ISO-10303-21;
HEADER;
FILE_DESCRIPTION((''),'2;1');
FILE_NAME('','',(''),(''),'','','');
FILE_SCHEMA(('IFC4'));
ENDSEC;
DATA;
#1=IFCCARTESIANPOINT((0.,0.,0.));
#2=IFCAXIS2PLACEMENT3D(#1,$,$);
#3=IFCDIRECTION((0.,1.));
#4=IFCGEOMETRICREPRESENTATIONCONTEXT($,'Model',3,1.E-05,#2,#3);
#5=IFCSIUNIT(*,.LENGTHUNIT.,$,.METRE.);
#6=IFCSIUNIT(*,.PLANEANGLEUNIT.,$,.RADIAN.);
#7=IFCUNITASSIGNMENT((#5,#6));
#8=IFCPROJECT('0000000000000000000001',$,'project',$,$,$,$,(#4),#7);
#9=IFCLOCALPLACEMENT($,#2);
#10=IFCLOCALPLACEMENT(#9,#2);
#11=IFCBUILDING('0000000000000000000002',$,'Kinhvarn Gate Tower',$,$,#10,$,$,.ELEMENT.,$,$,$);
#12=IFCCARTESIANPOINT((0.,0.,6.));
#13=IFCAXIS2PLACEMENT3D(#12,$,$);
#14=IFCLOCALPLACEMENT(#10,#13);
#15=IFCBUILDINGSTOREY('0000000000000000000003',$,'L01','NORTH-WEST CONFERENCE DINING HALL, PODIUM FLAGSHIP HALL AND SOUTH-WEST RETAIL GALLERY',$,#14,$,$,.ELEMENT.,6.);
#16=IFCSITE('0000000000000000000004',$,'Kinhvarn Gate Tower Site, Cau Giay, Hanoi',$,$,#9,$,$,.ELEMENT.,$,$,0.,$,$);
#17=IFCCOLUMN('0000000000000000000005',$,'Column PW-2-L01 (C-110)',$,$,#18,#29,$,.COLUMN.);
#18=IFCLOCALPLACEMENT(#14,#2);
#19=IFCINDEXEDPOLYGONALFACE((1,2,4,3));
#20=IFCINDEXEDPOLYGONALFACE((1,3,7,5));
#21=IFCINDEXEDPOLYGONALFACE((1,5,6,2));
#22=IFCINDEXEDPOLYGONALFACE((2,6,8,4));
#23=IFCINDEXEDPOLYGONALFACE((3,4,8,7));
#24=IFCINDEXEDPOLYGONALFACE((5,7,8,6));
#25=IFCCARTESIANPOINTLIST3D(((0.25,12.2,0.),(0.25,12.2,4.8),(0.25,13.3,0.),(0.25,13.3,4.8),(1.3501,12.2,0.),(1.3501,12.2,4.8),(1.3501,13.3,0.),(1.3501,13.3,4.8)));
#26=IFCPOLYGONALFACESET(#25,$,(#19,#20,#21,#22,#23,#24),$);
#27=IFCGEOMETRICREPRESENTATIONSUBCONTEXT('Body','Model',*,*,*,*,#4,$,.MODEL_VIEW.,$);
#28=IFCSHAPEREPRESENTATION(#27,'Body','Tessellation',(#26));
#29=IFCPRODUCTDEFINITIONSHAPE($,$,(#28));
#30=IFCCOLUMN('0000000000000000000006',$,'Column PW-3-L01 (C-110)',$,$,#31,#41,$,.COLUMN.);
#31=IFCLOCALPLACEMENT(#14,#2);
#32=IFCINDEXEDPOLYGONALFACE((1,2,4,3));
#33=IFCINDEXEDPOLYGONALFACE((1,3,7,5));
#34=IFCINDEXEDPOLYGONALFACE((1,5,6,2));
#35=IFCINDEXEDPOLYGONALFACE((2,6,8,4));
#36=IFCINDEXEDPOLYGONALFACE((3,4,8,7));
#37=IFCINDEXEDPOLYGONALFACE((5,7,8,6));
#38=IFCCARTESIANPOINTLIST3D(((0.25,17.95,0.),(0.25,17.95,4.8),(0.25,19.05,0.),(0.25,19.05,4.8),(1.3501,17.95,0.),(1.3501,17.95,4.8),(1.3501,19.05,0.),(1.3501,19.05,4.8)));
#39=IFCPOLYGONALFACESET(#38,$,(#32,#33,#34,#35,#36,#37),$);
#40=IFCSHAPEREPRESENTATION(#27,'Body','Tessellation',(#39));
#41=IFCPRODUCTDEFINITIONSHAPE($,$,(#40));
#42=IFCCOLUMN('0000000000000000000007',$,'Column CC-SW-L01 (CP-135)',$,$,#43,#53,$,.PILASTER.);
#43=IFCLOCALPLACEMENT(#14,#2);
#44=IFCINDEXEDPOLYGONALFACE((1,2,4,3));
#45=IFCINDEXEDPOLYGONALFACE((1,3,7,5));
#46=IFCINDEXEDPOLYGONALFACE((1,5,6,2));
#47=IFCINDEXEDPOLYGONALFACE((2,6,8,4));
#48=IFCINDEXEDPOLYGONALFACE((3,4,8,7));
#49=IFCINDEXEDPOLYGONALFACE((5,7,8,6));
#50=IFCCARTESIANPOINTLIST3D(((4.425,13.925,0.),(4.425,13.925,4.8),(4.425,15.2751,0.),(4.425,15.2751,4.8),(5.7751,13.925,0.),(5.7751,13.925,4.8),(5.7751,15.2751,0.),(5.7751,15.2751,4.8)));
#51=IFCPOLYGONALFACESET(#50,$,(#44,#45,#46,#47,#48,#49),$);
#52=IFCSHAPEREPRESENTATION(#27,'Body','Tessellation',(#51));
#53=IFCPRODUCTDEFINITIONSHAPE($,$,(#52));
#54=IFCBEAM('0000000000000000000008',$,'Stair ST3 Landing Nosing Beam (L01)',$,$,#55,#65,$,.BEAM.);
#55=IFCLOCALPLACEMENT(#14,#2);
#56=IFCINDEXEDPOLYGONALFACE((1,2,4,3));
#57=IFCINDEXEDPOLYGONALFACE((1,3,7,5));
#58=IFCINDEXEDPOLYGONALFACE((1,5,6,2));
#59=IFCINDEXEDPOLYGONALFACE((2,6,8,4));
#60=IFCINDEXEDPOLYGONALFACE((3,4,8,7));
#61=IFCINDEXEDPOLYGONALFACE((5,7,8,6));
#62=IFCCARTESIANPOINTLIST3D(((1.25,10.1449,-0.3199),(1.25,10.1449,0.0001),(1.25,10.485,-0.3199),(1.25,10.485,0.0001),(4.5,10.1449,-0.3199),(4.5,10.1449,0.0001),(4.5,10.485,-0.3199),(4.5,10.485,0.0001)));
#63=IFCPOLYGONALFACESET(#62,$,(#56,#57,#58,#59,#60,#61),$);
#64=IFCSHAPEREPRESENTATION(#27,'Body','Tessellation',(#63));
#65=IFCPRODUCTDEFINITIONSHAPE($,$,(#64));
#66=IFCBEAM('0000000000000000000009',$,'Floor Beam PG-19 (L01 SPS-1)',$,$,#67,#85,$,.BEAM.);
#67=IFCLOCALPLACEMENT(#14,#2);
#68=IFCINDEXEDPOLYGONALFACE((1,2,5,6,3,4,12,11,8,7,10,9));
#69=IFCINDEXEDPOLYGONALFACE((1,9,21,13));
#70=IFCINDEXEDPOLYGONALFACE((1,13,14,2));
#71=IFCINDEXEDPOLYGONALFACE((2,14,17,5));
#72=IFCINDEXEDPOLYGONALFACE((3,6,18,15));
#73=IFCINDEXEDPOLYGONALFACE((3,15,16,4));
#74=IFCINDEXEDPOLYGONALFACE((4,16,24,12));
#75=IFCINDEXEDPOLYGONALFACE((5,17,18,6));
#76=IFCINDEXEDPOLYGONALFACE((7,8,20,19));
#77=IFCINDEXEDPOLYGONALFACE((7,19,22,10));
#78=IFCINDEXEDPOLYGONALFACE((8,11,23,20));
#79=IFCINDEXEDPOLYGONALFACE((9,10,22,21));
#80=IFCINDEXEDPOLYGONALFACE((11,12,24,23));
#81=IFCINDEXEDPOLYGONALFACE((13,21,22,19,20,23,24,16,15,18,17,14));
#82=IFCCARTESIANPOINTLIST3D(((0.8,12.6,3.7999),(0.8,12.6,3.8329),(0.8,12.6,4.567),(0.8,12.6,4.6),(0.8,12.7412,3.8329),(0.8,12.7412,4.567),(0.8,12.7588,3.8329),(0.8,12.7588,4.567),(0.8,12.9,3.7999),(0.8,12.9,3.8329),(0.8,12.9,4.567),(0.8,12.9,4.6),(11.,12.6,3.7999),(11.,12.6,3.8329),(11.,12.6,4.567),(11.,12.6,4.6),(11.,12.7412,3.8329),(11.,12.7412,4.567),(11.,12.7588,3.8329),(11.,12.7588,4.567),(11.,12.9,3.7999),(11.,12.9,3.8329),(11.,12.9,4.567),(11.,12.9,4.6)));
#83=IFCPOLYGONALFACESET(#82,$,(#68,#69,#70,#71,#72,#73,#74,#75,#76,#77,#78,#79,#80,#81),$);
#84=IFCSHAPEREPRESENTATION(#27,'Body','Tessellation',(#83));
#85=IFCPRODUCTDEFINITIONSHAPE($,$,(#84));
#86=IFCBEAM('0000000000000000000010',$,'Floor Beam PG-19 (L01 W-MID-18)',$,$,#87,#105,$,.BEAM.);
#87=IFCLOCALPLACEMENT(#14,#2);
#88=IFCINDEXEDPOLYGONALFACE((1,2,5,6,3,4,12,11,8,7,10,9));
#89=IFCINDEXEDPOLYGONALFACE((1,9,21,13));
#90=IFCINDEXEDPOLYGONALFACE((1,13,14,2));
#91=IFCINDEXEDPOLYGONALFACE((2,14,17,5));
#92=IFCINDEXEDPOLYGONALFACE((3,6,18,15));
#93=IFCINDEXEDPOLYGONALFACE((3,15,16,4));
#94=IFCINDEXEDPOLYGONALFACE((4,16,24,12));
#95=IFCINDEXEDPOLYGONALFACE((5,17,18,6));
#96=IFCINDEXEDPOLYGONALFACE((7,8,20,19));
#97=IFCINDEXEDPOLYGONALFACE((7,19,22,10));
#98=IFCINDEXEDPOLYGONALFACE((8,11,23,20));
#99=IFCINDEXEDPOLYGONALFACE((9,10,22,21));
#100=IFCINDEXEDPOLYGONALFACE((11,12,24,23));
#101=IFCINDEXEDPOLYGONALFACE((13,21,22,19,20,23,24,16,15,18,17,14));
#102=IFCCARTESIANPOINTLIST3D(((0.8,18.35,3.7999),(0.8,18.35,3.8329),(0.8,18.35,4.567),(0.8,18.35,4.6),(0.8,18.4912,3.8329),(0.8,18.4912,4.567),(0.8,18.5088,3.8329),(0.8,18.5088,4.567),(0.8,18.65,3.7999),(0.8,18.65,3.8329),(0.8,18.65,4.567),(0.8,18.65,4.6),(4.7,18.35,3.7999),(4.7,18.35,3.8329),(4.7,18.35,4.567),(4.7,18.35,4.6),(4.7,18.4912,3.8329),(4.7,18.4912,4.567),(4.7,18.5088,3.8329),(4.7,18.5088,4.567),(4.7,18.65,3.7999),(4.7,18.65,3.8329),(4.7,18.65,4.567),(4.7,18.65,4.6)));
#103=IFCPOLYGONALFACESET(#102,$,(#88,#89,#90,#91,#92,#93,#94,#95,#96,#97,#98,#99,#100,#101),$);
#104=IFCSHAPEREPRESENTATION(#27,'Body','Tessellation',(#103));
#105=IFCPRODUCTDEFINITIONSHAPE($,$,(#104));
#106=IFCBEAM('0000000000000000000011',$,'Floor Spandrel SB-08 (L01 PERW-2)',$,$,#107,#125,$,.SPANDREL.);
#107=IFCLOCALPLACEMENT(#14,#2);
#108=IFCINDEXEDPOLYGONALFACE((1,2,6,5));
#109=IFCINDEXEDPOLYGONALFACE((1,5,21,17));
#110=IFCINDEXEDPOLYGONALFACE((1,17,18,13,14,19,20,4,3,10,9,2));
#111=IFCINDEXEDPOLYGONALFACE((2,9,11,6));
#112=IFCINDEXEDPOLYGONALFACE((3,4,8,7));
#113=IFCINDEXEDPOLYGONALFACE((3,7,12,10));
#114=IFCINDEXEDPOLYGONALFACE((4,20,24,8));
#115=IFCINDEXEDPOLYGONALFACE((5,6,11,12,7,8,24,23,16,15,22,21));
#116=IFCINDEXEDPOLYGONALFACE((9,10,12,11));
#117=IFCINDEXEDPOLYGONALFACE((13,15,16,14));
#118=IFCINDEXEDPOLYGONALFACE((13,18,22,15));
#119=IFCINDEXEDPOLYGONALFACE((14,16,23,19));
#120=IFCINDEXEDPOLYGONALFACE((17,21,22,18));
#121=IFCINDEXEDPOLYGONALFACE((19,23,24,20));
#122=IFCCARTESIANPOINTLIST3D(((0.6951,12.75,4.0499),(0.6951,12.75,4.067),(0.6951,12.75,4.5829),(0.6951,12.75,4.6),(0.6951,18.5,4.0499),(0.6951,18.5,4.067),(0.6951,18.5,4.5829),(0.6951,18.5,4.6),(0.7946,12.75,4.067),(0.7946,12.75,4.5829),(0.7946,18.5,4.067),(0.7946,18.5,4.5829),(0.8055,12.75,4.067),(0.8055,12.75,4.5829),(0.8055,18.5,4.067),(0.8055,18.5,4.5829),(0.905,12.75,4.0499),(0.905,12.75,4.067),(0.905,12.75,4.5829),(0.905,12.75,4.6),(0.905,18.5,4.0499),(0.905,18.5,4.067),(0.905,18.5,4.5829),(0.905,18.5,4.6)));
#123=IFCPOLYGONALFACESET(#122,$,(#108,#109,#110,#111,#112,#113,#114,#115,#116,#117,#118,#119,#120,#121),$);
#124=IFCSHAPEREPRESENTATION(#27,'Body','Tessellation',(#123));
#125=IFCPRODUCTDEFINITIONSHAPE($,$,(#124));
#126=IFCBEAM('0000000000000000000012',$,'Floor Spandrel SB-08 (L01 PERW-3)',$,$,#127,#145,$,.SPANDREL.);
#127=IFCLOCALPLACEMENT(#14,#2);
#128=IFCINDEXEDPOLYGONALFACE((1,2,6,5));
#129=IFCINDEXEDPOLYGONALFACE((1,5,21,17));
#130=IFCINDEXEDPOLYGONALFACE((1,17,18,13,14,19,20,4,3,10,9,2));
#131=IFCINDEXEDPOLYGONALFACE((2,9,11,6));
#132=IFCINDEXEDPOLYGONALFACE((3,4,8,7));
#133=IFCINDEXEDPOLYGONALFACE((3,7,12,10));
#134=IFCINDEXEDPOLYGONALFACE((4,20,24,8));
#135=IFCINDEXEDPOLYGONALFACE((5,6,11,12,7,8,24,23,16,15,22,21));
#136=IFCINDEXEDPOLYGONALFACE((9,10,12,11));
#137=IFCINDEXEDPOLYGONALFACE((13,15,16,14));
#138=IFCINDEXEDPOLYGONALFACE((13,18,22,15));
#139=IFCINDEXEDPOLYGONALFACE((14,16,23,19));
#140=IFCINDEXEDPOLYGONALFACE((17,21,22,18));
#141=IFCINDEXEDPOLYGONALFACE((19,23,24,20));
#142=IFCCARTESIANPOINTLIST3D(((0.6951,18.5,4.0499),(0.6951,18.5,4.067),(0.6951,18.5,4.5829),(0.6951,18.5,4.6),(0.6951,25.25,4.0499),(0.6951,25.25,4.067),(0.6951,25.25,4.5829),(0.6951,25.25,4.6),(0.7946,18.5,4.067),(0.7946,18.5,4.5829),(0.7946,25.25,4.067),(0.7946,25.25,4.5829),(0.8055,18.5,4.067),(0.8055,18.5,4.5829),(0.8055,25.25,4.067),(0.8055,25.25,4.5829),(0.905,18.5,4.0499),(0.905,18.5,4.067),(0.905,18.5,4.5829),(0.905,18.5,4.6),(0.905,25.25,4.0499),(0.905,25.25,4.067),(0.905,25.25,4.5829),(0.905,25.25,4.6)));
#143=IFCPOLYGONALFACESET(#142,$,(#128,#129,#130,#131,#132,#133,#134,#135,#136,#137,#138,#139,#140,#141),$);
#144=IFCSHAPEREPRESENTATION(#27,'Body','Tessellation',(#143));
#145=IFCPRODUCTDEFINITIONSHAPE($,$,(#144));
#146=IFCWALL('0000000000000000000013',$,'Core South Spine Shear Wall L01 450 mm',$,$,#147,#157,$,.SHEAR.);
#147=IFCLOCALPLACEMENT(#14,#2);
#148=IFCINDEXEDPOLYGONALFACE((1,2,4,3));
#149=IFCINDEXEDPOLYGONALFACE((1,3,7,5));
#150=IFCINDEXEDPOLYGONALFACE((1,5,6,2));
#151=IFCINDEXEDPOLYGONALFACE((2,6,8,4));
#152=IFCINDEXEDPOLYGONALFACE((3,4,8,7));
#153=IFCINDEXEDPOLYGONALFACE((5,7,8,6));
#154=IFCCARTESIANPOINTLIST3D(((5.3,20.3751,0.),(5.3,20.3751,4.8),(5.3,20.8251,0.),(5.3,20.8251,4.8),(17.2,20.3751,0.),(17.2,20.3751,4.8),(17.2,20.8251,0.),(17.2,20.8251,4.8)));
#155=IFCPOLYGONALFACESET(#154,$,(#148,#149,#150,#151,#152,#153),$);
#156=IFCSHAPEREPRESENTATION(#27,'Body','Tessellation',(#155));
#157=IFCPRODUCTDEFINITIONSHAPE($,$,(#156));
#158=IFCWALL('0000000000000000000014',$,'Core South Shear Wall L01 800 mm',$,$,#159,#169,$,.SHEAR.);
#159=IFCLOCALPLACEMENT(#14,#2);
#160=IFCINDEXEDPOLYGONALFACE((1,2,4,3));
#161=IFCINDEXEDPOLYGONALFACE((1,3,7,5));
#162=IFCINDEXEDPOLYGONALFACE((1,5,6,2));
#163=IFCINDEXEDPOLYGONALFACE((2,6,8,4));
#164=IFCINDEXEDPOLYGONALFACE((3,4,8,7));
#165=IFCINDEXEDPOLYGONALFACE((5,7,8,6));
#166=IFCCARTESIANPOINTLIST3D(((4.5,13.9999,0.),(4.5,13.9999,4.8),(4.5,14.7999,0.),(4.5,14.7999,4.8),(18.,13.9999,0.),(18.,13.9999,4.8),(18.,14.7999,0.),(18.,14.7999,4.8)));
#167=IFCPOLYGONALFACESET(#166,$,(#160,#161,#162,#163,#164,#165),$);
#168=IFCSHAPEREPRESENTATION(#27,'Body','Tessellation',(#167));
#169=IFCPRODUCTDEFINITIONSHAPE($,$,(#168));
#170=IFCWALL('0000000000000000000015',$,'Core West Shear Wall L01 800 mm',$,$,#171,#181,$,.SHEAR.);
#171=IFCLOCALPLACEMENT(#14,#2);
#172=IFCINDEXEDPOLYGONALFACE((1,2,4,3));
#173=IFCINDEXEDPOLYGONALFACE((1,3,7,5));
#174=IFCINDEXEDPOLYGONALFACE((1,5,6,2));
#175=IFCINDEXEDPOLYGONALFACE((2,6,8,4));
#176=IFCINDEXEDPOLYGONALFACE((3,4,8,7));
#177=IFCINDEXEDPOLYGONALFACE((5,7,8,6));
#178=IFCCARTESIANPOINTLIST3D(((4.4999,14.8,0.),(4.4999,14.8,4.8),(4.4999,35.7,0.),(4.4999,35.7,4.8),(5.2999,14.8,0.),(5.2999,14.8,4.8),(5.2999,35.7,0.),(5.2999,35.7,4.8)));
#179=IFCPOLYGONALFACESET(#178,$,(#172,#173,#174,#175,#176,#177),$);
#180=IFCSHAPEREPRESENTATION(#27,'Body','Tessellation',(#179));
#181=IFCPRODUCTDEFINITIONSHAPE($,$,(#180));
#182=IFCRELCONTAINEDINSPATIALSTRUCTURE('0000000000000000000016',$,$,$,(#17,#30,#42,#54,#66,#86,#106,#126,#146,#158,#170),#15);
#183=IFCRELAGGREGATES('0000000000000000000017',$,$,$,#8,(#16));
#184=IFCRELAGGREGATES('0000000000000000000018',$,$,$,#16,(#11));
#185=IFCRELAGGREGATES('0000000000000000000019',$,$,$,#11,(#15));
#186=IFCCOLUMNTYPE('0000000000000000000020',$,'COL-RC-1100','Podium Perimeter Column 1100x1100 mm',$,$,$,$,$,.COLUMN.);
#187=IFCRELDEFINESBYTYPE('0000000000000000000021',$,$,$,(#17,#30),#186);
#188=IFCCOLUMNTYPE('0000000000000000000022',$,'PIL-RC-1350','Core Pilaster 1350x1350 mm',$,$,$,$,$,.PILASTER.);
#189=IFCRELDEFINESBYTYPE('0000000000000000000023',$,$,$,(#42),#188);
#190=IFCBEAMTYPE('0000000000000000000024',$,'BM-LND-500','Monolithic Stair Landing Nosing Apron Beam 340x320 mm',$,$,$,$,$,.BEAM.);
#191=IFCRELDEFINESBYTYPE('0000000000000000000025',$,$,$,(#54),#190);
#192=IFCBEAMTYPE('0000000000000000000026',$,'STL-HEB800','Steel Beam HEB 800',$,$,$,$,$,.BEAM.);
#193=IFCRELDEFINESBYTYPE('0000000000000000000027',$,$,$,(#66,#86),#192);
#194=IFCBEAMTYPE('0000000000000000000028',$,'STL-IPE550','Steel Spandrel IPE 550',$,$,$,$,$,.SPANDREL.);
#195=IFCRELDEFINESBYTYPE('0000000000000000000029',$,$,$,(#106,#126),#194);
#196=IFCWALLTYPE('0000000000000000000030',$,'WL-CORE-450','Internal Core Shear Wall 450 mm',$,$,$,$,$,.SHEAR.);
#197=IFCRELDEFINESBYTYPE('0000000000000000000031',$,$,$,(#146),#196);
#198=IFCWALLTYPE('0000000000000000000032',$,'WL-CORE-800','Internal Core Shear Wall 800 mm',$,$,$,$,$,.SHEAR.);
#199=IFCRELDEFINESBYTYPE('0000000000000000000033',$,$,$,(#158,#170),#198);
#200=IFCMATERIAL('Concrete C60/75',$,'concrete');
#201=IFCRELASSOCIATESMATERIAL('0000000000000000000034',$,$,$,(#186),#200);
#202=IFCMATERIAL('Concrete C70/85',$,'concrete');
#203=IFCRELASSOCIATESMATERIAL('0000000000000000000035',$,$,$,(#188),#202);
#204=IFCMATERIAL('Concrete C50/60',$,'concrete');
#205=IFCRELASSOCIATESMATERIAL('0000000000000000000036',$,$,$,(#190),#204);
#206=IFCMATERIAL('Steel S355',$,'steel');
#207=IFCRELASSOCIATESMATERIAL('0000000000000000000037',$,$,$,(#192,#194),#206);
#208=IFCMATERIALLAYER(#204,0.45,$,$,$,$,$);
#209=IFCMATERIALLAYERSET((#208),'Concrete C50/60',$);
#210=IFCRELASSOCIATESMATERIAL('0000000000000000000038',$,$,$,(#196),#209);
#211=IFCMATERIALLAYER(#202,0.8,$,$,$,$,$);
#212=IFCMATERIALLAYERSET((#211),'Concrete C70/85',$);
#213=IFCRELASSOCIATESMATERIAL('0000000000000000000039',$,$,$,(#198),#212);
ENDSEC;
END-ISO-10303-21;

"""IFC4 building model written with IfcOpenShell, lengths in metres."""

from ifc_helpers import new_model, si_unit, direction, frame, frame_2d, origin, origin_2d, place, context, subcontext, project, spatial, rectangle, i_section, extrude, material, layer, layer_set, material_profile, profile_set, type_object, element, save


model = new_model("IFC4")

# Units and contexts
model_context = context("Model", 3, precision=1e-05, world=origin(), true_north=direction((0.0, 1.0)))
body_context = subcontext(model_context, "Body", "Model", "MODEL_VIEW")
ifc_project = project(units=[si_unit("LENGTHUNIT", "METRE"), si_unit("PLANEANGLEUNIT", "RADIAN")], contexts=[model_context])

# Site, building, storey
site_placement = place(None, origin())
site = spatial("IfcSite", under=ifc_project, at=site_placement, Name="Kinhvarn Gate Tower Site, Cau Giay, Hanoi", CompositionType="ELEMENT", RefElevation=0.0)
building_placement = place(site_placement, origin())
building = spatial("IfcBuilding", under=site, at=building_placement, Name="Kinhvarn Gate Tower", CompositionType="ELEMENT")
storey_placement = place(building_placement, frame((0.0, 0.0, 6.0)))
storey = spatial("IfcBuildingStorey", under=building, at=storey_placement, Name="L01", Description="NORTH-WEST CONFERENCE DINING HALL, PODIUM FLAGSHIP HALL AND SOUTH-WEST RETAIL GALLERY", CompositionType="ELEMENT", Elevation=6.0)

# Columns
ifc_material_1 = material(Name="Concrete C60/75", Category="concrete")
ifc_material_profile_1 = material_profile(ifc_material_1, rectangle(XDim=1.1001, YDim=1.1001, at=origin_2d()), Name="RC 1100x1100")
ifc_profile_set_1 = profile_set([ifc_material_profile_1], Name="Concrete C60/75")
column_type_1 = type_object("IfcColumnType", Name="COL-RC-1100", Description="Podium Perimeter Column 1100x1100 mm", PredefinedType="COLUMN", material=ifc_profile_set_1)
for number, where, z_axis, x_axis, name in (
    (1, (0.8, 12.75, 0.0), (0.0, 0.0, 1.0), (1.0, 0.0, 0.0), "Column PW-2-L01 (C-110)"),
    (2, (0.8, 18.5, 0.0), (0.0, 0.0, 1.0), (1.0, 0.0, 0.0), "Column PW-3-L01 (C-110)"),
):
    element("IfcColumn", number, at=place(storey_placement, frame(where, z_axis=z_axis, x_axis=x_axis)), inside=storey, type_object=column_type_1, Name=name, PredefinedType="COLUMN", context=body_context, shape_type="SweptSolid", body=[
        extrude(rectangle(XDim=1.1001, YDim=1.1001, at=origin_2d()), origin(), (0.0, 0.0, 1.0), 4.8),
    ])
ifc_material_2 = material(Name="Concrete C70/85", Category="concrete")
ifc_material_profile_2 = material_profile(ifc_material_2, rectangle(XDim=1.3501, YDim=1.3501, at=origin_2d()), Name="RC 1350x1350")
ifc_profile_set_2 = profile_set([ifc_material_profile_2], Name="Concrete C70/85")
column_type_2 = type_object("IfcColumnType", Name="PIL-RC-1350", Description="Core Pilaster 1350x1350 mm", PredefinedType="PILASTER", material=ifc_profile_set_2)
column_placement = place(storey_placement, frame((5.1001, 14.6001, 0.0), z_axis=(0.0, 0.0, 1.0), x_axis=(1.0, 0.0, 0.0)))
element("IfcColumn", 3, at=column_placement, inside=storey, type_object=column_type_2, Name="Column CC-SW-L01 (CP-135)", PredefinedType="PILASTER", context=body_context, shape_type="SweptSolid", body=[
    extrude(rectangle(XDim=1.3501, YDim=1.3501, at=origin_2d()), origin(), (0.0, 0.0, 1.0), 4.8),
])

# Beams
ifc_material_3 = material(Name="Concrete C50/60", Category="concrete")
ifc_material_profile_3 = material_profile(ifc_material_3, rectangle(XDim=0.3401, YDim=0.3201, at=origin_2d()), Name="RC 340x320")
ifc_profile_set_3 = profile_set([ifc_material_profile_3], Name="Concrete C50/60")
beam_type_1 = type_object("IfcBeamType", Name="BM-LND-500", Description="Monolithic Stair Landing Nosing Apron Beam 340x320 mm", PredefinedType="BEAM", material=ifc_profile_set_3)
beam_1_placement = place(storey_placement, frame((1.25, 10.3149, -0.1599), z_axis=(1.0, 0.0, 0.0), x_axis=(0.0, 1.0, 0.0)))
element("IfcBeam", 4, at=beam_1_placement, inside=storey, type_object=beam_type_1, Name="Stair ST3 Landing Nosing Beam (L01)", PredefinedType="BEAM", context=body_context, shape_type="SweptSolid", body=[
    extrude(rectangle(XDim=0.3401, YDim=0.3201, at=origin_2d()), origin(), (0.0, 0.0, 1.0), 3.25),
])
ifc_material_4 = material(Name="Steel S355", Category="steel")
ifc_material_profile_4 = material_profile(ifc_material_4, i_section(OverallWidth=0.3, OverallDepth=0.8, WebThickness=0.0176, FlangeThickness=0.033, at=origin_2d()), Name="HEB 800")
ifc_profile_set_4 = profile_set([ifc_material_profile_4], Name="Steel S355")
beam_type_2 = type_object("IfcBeamType", Name="STL-HEB800", Description="Steel Beam HEB 800", PredefinedType="BEAM", material=ifc_profile_set_4)
beam_2_placement = place(storey_placement, frame((0.8, 12.75, 4.2), z_axis=(1.0, 0.0, 0.0), x_axis=(0.0, 1.0, 0.0)))
element("IfcBeam", 5, at=beam_2_placement, inside=storey, type_object=beam_type_2, Name="Floor Beam PG-19 (L01 SPS-1)", PredefinedType="BEAM", context=body_context, shape_type="SweptSolid", body=[
    extrude(i_section(OverallWidth=0.3, OverallDepth=0.8, WebThickness=0.0176, FlangeThickness=0.033, at=origin_2d()), origin(), (0.0, 0.0, 1.0), 10.2),
])
beam_3_placement = place(storey_placement, frame((0.8, 18.5, 4.2), z_axis=(1.0, 0.0, 0.0), x_axis=(0.0, 1.0, 0.0)))
element("IfcBeam", 6, at=beam_3_placement, inside=storey, type_object=beam_type_2, Name="Floor Beam PG-19 (L01 W-MID-18)", PredefinedType="BEAM", context=body_context, shape_type="SweptSolid", body=[
    extrude(i_section(OverallWidth=0.3, OverallDepth=0.8, WebThickness=0.0176, FlangeThickness=0.033, at=origin_2d()), origin(), (0.0, 0.0, 1.0), 3.8999),
])
ifc_material_profile_5 = material_profile(ifc_material_4, i_section(OverallWidth=0.21, OverallDepth=0.55, WebThickness=0.011, FlangeThickness=0.0171, at=origin_2d()), Name="IPE 550")
ifc_profile_set_5 = profile_set([ifc_material_profile_5], Name="Steel S355")
beam_type_3 = type_object("IfcBeamType", Name="STL-IPE550", Description="Steel Spandrel IPE 550", PredefinedType="SPANDREL", material=ifc_profile_set_5)
beam_4_placement = place(storey_placement, frame((0.8, 12.75, 4.325), z_axis=(0.0, 1.0, 0.0), x_axis=(-1.0, 0.0, 0.0)))
element("IfcBeam", 7, at=beam_4_placement, inside=storey, type_object=beam_type_3, Name="Floor Spandrel SB-08 (L01 PERW-2)", PredefinedType="SPANDREL", context=body_context, shape_type="SweptSolid", body=[
    extrude(i_section(OverallWidth=0.21, OverallDepth=0.55, WebThickness=0.011, FlangeThickness=0.0171, at=origin_2d()), origin(), (0.0, 0.0, 1.0), 5.75),
])
beam_5_placement = place(storey_placement, frame((0.8, 18.5, 4.325), z_axis=(0.0, 1.0, 0.0), x_axis=(-1.0, 0.0, 0.0)))
element("IfcBeam", 8, at=beam_5_placement, inside=storey, type_object=beam_type_3, Name="Floor Spandrel SB-08 (L01 PERW-3)", PredefinedType="SPANDREL", context=body_context, shape_type="SweptSolid", body=[
    extrude(i_section(OverallWidth=0.21, OverallDepth=0.55, WebThickness=0.011, FlangeThickness=0.0171, at=origin_2d()), origin(), (0.0, 0.0, 1.0), 6.75),
])

# Walls
ifc_layer_1 = layer(ifc_material_3, 0.45)
ifc_layer_set_1 = layer_set([ifc_layer_1], Name="Concrete C50/60")
wall_type_1 = type_object("IfcWallType", Name="WL-CORE-450", Description="Internal Core Shear Wall 450 mm", PredefinedType="SHEAR", material=ifc_layer_set_1)
wall_1_placement = place(storey_placement, frame((5.3, 20.6001, 0.0), z_axis=(0.0, 0.0, 1.0), x_axis=(1.0, 0.0, 0.0)))
element("IfcWall", 9, at=wall_1_placement, inside=storey, type_object=wall_type_1, Name="Core South Spine Shear Wall L01 450 mm", PredefinedType="SHEAR", context=body_context, shape_type="SweptSolid", body=[
    extrude(rectangle(XDim=11.8999, YDim=0.45, at=frame_2d((5.95, 0.0))), origin(), (0.0, 0.0, 1.0), 4.8),
])
ifc_layer_2 = layer(ifc_material_2, 0.8)
ifc_layer_set_2 = layer_set([ifc_layer_2], Name="Concrete C70/85")
wall_type_2 = type_object("IfcWallType", Name="WL-CORE-800", Description="Internal Core Shear Wall 800 mm", PredefinedType="SHEAR", material=ifc_layer_set_2)
wall_2_placement = place(storey_placement, frame((4.5, 14.3999, 0.0), z_axis=(0.0, 0.0, 1.0), x_axis=(1.0, 0.0, 0.0)))
element("IfcWall", 10, at=wall_2_placement, inside=storey, type_object=wall_type_2, Name="Core South Shear Wall L01 800 mm", PredefinedType="SHEAR", context=body_context, shape_type="SweptSolid", body=[
    extrude(rectangle(XDim=13.5, YDim=0.8, at=frame_2d((6.75, 0.0))), origin(), (0.0, 0.0, 1.0), 4.8),
])
wall_3_placement = place(storey_placement, frame((4.8999, 14.8, 0.0), z_axis=(0.0, 0.0, 1.0), x_axis=(0.0, 1.0, 0.0)))
element("IfcWall", 11, at=wall_3_placement, inside=storey, type_object=wall_type_2, Name="Core West Shear Wall L01 800 mm", PredefinedType="SHEAR", context=body_context, shape_type="SweptSolid", body=[
    extrude(rectangle(XDim=20.8999, YDim=0.8, at=frame_2d((10.45, 0.0))), origin(), (0.0, 0.0, 1.0), 4.8),
])

save(model, "model.ifc")
